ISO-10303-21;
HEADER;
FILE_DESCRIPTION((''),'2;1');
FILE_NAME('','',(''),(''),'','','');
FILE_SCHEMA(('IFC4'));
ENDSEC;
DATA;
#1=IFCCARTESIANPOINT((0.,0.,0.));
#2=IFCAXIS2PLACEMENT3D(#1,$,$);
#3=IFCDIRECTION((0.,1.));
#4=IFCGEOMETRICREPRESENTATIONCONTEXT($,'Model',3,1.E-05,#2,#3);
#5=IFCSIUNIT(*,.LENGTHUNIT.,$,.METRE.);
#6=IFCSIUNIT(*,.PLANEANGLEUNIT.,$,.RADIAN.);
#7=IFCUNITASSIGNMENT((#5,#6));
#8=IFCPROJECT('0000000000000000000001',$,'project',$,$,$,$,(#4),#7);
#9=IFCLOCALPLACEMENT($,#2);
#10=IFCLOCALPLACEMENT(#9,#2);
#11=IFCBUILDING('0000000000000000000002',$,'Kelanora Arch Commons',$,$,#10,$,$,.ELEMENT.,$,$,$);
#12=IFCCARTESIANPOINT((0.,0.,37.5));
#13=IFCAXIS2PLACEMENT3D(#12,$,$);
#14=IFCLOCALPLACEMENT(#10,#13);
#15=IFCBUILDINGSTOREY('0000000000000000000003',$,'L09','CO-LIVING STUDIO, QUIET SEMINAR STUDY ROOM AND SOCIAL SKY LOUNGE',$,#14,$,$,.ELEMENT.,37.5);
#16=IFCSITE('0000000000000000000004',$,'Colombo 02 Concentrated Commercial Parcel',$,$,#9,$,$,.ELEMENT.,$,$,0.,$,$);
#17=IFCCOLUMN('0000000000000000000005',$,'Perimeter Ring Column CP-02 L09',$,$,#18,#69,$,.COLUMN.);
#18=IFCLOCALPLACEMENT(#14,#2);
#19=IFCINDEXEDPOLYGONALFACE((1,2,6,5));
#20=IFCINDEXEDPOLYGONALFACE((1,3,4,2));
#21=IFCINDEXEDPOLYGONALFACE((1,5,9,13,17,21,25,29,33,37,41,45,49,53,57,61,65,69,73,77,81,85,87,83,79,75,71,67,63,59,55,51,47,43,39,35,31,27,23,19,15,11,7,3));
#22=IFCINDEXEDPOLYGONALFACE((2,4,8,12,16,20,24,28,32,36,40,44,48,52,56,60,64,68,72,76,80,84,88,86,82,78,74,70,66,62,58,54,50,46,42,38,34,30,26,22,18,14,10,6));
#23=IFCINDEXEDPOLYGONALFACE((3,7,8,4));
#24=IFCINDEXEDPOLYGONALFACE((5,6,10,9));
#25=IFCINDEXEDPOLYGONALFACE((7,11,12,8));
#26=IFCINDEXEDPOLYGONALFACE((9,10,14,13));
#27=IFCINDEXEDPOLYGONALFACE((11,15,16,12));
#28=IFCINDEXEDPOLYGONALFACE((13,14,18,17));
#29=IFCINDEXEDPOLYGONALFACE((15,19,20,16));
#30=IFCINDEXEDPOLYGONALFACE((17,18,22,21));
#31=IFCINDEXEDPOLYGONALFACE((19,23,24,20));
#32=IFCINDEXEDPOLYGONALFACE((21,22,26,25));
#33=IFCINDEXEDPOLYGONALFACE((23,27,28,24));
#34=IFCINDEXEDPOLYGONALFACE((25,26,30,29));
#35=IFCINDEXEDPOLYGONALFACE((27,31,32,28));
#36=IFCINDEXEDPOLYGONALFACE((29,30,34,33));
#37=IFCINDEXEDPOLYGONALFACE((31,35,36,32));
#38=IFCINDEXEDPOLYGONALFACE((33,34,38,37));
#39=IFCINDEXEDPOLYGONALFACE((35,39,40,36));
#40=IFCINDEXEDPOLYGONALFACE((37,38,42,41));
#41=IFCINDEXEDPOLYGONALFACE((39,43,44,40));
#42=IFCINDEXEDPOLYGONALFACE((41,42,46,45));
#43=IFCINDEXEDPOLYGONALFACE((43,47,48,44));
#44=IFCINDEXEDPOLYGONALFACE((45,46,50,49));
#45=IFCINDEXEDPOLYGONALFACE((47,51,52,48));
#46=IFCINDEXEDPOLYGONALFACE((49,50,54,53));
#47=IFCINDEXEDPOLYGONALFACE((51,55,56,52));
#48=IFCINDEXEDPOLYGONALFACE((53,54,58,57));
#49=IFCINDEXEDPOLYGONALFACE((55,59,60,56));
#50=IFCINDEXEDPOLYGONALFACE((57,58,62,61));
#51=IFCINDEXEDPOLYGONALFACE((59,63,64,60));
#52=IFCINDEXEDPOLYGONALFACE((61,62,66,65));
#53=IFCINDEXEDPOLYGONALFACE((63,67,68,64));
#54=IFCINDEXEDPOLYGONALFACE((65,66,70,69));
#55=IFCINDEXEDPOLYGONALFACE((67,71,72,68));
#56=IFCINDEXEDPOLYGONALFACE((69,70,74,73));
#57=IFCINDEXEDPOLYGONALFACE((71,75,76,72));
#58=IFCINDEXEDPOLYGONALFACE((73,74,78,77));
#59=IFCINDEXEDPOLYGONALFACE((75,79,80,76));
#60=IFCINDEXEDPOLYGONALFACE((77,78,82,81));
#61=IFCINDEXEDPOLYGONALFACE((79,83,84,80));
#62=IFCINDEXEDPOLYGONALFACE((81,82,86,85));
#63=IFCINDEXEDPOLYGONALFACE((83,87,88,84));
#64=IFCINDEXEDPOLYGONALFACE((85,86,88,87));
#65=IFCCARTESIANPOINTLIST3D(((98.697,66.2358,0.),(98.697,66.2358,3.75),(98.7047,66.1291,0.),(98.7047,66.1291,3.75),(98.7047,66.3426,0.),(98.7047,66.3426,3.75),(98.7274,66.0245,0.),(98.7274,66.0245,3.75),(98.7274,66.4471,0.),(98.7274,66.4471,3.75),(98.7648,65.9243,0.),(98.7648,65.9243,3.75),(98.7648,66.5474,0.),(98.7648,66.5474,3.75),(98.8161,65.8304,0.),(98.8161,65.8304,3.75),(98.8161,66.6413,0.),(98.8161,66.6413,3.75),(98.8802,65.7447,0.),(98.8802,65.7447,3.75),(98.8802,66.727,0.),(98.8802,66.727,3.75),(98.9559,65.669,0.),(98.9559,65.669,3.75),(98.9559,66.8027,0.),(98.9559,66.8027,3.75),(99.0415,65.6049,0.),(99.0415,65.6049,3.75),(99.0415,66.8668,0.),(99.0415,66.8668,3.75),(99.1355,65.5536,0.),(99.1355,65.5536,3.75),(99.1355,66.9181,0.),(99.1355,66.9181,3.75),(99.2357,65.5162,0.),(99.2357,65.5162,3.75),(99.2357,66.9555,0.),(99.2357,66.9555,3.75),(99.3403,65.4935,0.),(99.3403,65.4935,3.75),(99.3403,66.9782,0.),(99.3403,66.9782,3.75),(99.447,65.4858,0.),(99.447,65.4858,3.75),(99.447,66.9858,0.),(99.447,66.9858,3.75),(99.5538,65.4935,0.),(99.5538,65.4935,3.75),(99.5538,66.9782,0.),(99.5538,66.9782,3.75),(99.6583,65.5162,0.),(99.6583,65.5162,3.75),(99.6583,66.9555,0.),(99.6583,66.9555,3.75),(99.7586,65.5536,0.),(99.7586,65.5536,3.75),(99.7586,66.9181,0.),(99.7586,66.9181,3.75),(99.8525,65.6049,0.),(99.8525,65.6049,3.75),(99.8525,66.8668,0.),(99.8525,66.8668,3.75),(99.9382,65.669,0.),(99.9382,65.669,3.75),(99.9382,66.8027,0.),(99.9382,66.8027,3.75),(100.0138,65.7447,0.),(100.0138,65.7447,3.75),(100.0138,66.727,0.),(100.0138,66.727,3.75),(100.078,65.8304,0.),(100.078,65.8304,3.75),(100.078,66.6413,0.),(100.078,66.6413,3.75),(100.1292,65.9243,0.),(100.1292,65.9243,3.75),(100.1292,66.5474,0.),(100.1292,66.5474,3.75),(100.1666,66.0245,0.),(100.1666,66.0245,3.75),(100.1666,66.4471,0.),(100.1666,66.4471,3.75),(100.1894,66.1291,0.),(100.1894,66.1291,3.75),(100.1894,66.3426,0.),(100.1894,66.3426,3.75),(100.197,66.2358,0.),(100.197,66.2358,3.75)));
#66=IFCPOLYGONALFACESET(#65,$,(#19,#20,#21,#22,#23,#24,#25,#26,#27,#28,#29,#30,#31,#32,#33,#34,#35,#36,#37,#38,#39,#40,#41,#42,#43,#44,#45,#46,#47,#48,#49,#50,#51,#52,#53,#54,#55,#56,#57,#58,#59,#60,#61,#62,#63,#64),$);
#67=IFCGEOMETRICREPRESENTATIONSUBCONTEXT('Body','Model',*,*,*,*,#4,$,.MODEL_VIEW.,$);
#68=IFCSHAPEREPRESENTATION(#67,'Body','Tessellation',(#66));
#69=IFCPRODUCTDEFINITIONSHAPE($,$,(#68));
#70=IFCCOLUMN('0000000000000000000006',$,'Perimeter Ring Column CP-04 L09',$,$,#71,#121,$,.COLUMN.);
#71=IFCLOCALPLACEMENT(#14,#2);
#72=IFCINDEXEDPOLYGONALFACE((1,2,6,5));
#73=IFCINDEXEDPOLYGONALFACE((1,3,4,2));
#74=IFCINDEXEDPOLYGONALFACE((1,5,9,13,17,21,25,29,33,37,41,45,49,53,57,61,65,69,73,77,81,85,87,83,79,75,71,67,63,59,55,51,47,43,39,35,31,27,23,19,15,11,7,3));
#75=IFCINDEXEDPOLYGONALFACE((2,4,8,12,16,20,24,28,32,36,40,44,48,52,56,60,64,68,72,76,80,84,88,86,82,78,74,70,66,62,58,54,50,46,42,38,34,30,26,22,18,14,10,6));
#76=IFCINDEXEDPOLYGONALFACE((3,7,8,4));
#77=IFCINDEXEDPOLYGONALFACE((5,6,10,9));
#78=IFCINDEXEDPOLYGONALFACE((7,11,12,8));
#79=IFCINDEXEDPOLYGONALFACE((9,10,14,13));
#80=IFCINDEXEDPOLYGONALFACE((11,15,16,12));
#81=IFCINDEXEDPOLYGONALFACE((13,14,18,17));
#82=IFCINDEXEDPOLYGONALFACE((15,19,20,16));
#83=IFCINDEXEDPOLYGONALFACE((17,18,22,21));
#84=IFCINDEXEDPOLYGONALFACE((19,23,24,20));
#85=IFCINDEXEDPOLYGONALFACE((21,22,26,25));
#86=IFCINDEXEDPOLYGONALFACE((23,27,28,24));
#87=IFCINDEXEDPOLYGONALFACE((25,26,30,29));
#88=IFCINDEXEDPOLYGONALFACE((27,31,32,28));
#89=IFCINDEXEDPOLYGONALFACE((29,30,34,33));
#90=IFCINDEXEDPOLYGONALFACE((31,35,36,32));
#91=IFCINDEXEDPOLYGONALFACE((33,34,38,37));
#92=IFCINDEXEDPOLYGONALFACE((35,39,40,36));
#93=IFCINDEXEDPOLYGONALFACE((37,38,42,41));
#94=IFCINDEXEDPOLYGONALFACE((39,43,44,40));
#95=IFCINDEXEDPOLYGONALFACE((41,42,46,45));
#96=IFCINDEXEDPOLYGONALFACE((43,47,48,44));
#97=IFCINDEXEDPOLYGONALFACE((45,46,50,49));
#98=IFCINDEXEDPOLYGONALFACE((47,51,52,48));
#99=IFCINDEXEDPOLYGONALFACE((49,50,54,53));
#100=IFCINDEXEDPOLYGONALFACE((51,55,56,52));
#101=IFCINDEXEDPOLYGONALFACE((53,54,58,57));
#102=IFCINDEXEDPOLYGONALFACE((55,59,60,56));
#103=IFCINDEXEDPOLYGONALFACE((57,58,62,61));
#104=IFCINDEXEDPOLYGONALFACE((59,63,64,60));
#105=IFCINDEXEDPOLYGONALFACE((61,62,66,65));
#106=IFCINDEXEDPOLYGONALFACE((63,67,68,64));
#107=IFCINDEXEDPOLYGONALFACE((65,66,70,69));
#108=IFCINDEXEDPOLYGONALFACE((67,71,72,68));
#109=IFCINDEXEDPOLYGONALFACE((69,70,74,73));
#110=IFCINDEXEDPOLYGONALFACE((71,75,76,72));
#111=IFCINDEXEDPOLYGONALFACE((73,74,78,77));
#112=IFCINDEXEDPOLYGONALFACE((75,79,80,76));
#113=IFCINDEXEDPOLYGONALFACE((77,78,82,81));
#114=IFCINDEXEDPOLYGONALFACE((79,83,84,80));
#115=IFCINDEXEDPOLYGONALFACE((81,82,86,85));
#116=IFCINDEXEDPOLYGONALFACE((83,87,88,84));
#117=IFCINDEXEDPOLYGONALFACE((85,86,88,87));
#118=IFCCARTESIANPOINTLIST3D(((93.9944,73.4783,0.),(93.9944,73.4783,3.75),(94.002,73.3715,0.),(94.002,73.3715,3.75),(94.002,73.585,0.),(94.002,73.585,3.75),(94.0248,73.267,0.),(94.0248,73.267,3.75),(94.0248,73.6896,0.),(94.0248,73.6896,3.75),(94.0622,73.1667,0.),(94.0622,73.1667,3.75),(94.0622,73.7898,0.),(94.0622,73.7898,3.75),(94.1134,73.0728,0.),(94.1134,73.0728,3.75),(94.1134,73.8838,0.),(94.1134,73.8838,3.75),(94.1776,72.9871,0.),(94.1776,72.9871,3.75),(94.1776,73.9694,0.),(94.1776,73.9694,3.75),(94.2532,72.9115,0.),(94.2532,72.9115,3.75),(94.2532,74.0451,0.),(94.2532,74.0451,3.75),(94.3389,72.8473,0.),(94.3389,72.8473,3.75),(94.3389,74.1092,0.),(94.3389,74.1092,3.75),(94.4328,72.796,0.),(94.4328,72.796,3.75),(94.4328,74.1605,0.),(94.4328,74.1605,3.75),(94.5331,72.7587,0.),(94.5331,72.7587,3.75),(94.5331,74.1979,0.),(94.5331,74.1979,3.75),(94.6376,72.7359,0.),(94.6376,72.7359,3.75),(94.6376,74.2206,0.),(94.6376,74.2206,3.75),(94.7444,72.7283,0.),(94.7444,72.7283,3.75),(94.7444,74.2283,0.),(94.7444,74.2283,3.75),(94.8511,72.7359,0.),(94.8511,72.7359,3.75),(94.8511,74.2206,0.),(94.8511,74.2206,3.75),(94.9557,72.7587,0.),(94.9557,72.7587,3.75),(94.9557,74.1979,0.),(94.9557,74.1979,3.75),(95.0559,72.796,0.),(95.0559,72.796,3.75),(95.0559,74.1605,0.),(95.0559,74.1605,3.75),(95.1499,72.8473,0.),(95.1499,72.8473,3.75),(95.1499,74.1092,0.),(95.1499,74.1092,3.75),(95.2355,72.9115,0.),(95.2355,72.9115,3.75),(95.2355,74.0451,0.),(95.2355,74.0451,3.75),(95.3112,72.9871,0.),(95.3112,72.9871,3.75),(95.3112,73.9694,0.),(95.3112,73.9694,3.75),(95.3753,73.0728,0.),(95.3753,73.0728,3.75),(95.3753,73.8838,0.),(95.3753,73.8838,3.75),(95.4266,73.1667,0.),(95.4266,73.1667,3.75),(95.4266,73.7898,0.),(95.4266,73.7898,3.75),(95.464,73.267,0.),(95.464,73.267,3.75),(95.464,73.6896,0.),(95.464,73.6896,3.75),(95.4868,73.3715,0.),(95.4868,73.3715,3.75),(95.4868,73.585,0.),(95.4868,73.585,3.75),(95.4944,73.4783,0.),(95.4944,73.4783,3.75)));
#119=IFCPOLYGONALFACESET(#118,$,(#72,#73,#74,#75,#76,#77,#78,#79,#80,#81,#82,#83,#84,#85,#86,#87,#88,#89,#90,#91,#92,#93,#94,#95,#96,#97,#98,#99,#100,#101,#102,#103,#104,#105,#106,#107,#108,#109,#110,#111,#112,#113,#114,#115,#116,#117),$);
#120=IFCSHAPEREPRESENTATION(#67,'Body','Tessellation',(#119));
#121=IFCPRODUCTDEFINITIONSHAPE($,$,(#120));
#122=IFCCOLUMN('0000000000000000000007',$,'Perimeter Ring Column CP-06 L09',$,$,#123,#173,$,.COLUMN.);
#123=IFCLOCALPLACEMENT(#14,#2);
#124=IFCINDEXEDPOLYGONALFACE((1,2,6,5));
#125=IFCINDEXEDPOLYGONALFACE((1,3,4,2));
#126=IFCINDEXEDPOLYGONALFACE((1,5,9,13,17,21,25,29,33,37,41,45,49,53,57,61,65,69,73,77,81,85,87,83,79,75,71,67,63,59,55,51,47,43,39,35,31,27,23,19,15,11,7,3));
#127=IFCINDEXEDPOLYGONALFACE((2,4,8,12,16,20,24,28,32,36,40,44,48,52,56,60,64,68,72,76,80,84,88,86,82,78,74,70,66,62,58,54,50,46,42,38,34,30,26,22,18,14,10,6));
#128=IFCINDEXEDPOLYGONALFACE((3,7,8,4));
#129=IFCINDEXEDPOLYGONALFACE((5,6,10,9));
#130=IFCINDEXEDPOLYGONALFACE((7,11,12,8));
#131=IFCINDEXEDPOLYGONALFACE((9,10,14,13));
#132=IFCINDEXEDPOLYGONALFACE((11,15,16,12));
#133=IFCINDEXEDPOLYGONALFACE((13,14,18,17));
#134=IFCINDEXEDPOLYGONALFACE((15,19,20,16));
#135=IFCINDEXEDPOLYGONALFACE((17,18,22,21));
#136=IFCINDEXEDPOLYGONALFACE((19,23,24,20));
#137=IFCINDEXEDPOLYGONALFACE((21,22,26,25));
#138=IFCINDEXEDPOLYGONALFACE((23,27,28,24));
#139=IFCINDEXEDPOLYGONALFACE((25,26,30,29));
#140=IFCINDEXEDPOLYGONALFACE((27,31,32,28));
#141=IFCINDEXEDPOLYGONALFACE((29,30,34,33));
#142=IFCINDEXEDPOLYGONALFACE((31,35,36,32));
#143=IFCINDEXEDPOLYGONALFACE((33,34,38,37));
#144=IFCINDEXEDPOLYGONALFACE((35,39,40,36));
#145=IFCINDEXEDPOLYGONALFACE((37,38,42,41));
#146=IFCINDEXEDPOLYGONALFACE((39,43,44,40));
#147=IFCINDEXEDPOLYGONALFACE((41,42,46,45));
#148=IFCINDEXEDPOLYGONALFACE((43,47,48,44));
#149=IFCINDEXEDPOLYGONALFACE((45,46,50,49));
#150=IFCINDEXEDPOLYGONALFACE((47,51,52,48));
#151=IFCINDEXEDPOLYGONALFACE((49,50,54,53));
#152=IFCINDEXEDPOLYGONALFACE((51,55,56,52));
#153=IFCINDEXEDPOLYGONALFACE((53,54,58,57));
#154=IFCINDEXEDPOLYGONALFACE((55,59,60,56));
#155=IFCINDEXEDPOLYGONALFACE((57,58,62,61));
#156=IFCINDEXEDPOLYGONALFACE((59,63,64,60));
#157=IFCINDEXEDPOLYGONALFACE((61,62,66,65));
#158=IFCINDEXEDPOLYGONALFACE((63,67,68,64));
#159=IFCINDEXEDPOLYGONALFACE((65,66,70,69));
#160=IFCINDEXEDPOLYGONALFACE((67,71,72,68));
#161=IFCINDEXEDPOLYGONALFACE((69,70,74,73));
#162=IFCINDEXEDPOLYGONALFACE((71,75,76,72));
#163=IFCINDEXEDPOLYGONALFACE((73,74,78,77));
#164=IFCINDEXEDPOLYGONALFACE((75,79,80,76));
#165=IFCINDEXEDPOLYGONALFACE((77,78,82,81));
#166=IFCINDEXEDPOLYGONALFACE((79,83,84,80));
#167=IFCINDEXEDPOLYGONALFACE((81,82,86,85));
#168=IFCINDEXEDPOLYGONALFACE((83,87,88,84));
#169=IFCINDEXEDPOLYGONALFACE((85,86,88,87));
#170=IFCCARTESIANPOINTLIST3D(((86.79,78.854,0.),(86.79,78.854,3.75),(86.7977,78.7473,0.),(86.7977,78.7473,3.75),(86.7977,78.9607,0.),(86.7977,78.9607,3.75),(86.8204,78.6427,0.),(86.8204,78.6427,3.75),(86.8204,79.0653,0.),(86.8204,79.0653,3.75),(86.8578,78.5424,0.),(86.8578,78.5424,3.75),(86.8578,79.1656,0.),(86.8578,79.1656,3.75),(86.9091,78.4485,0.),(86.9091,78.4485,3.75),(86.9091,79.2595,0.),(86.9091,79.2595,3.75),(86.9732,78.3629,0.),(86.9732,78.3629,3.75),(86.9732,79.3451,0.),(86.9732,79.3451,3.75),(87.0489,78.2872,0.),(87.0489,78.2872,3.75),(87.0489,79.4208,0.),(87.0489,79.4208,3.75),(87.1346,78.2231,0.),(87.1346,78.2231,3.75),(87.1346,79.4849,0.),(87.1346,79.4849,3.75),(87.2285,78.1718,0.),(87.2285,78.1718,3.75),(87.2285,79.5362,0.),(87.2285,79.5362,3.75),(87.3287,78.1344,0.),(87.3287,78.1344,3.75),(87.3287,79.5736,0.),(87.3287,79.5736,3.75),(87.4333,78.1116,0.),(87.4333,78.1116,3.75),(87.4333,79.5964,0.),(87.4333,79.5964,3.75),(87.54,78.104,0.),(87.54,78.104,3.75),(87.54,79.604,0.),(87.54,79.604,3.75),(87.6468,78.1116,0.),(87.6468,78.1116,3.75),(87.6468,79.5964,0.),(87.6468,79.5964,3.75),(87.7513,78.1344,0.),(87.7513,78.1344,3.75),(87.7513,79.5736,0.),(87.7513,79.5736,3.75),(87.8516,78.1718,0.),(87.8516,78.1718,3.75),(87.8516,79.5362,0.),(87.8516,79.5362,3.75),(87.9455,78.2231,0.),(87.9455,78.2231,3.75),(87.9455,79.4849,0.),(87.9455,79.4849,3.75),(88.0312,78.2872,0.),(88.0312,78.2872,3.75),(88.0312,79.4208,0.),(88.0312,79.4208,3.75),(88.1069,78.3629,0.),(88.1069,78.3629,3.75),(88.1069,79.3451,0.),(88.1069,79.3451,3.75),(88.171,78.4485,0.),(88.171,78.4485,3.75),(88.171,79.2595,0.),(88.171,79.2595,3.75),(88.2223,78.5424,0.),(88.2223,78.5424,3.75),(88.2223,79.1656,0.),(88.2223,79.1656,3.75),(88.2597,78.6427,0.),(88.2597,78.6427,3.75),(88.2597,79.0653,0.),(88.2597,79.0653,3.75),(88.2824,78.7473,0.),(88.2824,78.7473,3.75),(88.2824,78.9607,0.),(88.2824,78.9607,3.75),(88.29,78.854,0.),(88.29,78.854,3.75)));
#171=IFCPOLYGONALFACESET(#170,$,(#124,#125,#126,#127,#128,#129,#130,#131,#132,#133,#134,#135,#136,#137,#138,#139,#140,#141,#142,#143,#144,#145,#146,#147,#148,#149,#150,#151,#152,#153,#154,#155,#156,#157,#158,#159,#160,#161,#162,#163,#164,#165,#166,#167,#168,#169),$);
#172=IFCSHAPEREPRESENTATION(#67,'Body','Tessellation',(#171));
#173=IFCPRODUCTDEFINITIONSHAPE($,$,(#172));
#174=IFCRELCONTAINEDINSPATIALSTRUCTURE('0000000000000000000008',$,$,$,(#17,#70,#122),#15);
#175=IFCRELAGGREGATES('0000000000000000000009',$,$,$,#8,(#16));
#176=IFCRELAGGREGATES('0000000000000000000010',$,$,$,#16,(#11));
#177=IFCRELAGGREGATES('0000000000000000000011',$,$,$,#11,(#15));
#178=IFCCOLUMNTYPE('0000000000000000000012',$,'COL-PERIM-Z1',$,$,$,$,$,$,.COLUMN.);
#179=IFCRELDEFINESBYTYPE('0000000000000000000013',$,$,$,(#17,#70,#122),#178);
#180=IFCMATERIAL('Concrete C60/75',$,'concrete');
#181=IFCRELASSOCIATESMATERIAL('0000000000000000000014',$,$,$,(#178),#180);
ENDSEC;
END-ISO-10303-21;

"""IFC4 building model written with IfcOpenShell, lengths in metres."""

from ifc_helpers import new_model, si_unit, direction, frame, origin, origin_2d, place, context, subcontext, project, spatial, circle, extrude, material, material_profile, profile_set, type_object, element, save


model = new_model("IFC4")

# Units and contexts
model_context = context("Model", 3, precision=1e-05, world=origin(), true_north=direction((0.0, 1.0)))
body_context = subcontext(model_context, "Body", "Model", "MODEL_VIEW")
ifc_project = project(units=[si_unit("LENGTHUNIT", "METRE"), si_unit("PLANEANGLEUNIT", "RADIAN")], contexts=[model_context])

# Site, building, storey
site_placement = place(None, origin())
site = spatial("IfcSite", under=ifc_project, at=site_placement, Name="Colombo 02 Concentrated Commercial Parcel", CompositionType="ELEMENT", RefElevation=0.0)
building_placement = place(site_placement, origin())
building = spatial("IfcBuilding", under=site, at=building_placement, Name="Kelanora Arch Commons", CompositionType="ELEMENT")
storey_placement = place(building_placement, frame((0.0, 0.0, 37.5)))
storey = spatial("IfcBuildingStorey", under=building, at=storey_placement, Name="L09", Description="CO-LIVING STUDIO, QUIET SEMINAR STUDY ROOM AND SOCIAL SKY LOUNGE", CompositionType="ELEMENT", Elevation=37.5)

# Columns
ifc_material_1 = material(Name="Concrete C60/75", Category="concrete")
ifc_material_profile_1 = material_profile(ifc_material_1, circle(Radius=0.75, at=origin_2d()), Name="RCC1500")
ifc_profile_set_1 = profile_set([ifc_material_profile_1], Name="Concrete C60/75")
column_type = type_object("IfcColumnType", Name="COL-PERIM-Z1", PredefinedType="COLUMN", material=ifc_profile_set_1)
for number, where, z_axis, x_axis, name in (
    (1, (99.447, 66.2358, 0.0), (0.0, 0.0, 1.0), (1.0, 0.0, 0.0), "Perimeter Ring Column CP-02 L09"),
    (2, (94.7444, 73.4783, 0.0), (0.0, 0.0, 1.0), (1.0, 0.0, 0.0), "Perimeter Ring Column CP-04 L09"),
    (3, (87.54, 78.854, 0.0), (0.0, 0.0, 1.0), (1.0, 0.0, 0.0), "Perimeter Ring Column CP-06 L09"),
):
    element("IfcColumn", number, at=place(storey_placement, frame(where, z_axis=z_axis, x_axis=x_axis)), inside=storey, type_object=column_type, Name=name, PredefinedType="COLUMN", context=body_context, shape_type="SweptSolid", body=[
        extrude(circle(Radius=0.75, at=origin_2d()), origin(), (0.0, 0.0, 1.0), 3.75),
    ])

save(model, "model.ifc")
